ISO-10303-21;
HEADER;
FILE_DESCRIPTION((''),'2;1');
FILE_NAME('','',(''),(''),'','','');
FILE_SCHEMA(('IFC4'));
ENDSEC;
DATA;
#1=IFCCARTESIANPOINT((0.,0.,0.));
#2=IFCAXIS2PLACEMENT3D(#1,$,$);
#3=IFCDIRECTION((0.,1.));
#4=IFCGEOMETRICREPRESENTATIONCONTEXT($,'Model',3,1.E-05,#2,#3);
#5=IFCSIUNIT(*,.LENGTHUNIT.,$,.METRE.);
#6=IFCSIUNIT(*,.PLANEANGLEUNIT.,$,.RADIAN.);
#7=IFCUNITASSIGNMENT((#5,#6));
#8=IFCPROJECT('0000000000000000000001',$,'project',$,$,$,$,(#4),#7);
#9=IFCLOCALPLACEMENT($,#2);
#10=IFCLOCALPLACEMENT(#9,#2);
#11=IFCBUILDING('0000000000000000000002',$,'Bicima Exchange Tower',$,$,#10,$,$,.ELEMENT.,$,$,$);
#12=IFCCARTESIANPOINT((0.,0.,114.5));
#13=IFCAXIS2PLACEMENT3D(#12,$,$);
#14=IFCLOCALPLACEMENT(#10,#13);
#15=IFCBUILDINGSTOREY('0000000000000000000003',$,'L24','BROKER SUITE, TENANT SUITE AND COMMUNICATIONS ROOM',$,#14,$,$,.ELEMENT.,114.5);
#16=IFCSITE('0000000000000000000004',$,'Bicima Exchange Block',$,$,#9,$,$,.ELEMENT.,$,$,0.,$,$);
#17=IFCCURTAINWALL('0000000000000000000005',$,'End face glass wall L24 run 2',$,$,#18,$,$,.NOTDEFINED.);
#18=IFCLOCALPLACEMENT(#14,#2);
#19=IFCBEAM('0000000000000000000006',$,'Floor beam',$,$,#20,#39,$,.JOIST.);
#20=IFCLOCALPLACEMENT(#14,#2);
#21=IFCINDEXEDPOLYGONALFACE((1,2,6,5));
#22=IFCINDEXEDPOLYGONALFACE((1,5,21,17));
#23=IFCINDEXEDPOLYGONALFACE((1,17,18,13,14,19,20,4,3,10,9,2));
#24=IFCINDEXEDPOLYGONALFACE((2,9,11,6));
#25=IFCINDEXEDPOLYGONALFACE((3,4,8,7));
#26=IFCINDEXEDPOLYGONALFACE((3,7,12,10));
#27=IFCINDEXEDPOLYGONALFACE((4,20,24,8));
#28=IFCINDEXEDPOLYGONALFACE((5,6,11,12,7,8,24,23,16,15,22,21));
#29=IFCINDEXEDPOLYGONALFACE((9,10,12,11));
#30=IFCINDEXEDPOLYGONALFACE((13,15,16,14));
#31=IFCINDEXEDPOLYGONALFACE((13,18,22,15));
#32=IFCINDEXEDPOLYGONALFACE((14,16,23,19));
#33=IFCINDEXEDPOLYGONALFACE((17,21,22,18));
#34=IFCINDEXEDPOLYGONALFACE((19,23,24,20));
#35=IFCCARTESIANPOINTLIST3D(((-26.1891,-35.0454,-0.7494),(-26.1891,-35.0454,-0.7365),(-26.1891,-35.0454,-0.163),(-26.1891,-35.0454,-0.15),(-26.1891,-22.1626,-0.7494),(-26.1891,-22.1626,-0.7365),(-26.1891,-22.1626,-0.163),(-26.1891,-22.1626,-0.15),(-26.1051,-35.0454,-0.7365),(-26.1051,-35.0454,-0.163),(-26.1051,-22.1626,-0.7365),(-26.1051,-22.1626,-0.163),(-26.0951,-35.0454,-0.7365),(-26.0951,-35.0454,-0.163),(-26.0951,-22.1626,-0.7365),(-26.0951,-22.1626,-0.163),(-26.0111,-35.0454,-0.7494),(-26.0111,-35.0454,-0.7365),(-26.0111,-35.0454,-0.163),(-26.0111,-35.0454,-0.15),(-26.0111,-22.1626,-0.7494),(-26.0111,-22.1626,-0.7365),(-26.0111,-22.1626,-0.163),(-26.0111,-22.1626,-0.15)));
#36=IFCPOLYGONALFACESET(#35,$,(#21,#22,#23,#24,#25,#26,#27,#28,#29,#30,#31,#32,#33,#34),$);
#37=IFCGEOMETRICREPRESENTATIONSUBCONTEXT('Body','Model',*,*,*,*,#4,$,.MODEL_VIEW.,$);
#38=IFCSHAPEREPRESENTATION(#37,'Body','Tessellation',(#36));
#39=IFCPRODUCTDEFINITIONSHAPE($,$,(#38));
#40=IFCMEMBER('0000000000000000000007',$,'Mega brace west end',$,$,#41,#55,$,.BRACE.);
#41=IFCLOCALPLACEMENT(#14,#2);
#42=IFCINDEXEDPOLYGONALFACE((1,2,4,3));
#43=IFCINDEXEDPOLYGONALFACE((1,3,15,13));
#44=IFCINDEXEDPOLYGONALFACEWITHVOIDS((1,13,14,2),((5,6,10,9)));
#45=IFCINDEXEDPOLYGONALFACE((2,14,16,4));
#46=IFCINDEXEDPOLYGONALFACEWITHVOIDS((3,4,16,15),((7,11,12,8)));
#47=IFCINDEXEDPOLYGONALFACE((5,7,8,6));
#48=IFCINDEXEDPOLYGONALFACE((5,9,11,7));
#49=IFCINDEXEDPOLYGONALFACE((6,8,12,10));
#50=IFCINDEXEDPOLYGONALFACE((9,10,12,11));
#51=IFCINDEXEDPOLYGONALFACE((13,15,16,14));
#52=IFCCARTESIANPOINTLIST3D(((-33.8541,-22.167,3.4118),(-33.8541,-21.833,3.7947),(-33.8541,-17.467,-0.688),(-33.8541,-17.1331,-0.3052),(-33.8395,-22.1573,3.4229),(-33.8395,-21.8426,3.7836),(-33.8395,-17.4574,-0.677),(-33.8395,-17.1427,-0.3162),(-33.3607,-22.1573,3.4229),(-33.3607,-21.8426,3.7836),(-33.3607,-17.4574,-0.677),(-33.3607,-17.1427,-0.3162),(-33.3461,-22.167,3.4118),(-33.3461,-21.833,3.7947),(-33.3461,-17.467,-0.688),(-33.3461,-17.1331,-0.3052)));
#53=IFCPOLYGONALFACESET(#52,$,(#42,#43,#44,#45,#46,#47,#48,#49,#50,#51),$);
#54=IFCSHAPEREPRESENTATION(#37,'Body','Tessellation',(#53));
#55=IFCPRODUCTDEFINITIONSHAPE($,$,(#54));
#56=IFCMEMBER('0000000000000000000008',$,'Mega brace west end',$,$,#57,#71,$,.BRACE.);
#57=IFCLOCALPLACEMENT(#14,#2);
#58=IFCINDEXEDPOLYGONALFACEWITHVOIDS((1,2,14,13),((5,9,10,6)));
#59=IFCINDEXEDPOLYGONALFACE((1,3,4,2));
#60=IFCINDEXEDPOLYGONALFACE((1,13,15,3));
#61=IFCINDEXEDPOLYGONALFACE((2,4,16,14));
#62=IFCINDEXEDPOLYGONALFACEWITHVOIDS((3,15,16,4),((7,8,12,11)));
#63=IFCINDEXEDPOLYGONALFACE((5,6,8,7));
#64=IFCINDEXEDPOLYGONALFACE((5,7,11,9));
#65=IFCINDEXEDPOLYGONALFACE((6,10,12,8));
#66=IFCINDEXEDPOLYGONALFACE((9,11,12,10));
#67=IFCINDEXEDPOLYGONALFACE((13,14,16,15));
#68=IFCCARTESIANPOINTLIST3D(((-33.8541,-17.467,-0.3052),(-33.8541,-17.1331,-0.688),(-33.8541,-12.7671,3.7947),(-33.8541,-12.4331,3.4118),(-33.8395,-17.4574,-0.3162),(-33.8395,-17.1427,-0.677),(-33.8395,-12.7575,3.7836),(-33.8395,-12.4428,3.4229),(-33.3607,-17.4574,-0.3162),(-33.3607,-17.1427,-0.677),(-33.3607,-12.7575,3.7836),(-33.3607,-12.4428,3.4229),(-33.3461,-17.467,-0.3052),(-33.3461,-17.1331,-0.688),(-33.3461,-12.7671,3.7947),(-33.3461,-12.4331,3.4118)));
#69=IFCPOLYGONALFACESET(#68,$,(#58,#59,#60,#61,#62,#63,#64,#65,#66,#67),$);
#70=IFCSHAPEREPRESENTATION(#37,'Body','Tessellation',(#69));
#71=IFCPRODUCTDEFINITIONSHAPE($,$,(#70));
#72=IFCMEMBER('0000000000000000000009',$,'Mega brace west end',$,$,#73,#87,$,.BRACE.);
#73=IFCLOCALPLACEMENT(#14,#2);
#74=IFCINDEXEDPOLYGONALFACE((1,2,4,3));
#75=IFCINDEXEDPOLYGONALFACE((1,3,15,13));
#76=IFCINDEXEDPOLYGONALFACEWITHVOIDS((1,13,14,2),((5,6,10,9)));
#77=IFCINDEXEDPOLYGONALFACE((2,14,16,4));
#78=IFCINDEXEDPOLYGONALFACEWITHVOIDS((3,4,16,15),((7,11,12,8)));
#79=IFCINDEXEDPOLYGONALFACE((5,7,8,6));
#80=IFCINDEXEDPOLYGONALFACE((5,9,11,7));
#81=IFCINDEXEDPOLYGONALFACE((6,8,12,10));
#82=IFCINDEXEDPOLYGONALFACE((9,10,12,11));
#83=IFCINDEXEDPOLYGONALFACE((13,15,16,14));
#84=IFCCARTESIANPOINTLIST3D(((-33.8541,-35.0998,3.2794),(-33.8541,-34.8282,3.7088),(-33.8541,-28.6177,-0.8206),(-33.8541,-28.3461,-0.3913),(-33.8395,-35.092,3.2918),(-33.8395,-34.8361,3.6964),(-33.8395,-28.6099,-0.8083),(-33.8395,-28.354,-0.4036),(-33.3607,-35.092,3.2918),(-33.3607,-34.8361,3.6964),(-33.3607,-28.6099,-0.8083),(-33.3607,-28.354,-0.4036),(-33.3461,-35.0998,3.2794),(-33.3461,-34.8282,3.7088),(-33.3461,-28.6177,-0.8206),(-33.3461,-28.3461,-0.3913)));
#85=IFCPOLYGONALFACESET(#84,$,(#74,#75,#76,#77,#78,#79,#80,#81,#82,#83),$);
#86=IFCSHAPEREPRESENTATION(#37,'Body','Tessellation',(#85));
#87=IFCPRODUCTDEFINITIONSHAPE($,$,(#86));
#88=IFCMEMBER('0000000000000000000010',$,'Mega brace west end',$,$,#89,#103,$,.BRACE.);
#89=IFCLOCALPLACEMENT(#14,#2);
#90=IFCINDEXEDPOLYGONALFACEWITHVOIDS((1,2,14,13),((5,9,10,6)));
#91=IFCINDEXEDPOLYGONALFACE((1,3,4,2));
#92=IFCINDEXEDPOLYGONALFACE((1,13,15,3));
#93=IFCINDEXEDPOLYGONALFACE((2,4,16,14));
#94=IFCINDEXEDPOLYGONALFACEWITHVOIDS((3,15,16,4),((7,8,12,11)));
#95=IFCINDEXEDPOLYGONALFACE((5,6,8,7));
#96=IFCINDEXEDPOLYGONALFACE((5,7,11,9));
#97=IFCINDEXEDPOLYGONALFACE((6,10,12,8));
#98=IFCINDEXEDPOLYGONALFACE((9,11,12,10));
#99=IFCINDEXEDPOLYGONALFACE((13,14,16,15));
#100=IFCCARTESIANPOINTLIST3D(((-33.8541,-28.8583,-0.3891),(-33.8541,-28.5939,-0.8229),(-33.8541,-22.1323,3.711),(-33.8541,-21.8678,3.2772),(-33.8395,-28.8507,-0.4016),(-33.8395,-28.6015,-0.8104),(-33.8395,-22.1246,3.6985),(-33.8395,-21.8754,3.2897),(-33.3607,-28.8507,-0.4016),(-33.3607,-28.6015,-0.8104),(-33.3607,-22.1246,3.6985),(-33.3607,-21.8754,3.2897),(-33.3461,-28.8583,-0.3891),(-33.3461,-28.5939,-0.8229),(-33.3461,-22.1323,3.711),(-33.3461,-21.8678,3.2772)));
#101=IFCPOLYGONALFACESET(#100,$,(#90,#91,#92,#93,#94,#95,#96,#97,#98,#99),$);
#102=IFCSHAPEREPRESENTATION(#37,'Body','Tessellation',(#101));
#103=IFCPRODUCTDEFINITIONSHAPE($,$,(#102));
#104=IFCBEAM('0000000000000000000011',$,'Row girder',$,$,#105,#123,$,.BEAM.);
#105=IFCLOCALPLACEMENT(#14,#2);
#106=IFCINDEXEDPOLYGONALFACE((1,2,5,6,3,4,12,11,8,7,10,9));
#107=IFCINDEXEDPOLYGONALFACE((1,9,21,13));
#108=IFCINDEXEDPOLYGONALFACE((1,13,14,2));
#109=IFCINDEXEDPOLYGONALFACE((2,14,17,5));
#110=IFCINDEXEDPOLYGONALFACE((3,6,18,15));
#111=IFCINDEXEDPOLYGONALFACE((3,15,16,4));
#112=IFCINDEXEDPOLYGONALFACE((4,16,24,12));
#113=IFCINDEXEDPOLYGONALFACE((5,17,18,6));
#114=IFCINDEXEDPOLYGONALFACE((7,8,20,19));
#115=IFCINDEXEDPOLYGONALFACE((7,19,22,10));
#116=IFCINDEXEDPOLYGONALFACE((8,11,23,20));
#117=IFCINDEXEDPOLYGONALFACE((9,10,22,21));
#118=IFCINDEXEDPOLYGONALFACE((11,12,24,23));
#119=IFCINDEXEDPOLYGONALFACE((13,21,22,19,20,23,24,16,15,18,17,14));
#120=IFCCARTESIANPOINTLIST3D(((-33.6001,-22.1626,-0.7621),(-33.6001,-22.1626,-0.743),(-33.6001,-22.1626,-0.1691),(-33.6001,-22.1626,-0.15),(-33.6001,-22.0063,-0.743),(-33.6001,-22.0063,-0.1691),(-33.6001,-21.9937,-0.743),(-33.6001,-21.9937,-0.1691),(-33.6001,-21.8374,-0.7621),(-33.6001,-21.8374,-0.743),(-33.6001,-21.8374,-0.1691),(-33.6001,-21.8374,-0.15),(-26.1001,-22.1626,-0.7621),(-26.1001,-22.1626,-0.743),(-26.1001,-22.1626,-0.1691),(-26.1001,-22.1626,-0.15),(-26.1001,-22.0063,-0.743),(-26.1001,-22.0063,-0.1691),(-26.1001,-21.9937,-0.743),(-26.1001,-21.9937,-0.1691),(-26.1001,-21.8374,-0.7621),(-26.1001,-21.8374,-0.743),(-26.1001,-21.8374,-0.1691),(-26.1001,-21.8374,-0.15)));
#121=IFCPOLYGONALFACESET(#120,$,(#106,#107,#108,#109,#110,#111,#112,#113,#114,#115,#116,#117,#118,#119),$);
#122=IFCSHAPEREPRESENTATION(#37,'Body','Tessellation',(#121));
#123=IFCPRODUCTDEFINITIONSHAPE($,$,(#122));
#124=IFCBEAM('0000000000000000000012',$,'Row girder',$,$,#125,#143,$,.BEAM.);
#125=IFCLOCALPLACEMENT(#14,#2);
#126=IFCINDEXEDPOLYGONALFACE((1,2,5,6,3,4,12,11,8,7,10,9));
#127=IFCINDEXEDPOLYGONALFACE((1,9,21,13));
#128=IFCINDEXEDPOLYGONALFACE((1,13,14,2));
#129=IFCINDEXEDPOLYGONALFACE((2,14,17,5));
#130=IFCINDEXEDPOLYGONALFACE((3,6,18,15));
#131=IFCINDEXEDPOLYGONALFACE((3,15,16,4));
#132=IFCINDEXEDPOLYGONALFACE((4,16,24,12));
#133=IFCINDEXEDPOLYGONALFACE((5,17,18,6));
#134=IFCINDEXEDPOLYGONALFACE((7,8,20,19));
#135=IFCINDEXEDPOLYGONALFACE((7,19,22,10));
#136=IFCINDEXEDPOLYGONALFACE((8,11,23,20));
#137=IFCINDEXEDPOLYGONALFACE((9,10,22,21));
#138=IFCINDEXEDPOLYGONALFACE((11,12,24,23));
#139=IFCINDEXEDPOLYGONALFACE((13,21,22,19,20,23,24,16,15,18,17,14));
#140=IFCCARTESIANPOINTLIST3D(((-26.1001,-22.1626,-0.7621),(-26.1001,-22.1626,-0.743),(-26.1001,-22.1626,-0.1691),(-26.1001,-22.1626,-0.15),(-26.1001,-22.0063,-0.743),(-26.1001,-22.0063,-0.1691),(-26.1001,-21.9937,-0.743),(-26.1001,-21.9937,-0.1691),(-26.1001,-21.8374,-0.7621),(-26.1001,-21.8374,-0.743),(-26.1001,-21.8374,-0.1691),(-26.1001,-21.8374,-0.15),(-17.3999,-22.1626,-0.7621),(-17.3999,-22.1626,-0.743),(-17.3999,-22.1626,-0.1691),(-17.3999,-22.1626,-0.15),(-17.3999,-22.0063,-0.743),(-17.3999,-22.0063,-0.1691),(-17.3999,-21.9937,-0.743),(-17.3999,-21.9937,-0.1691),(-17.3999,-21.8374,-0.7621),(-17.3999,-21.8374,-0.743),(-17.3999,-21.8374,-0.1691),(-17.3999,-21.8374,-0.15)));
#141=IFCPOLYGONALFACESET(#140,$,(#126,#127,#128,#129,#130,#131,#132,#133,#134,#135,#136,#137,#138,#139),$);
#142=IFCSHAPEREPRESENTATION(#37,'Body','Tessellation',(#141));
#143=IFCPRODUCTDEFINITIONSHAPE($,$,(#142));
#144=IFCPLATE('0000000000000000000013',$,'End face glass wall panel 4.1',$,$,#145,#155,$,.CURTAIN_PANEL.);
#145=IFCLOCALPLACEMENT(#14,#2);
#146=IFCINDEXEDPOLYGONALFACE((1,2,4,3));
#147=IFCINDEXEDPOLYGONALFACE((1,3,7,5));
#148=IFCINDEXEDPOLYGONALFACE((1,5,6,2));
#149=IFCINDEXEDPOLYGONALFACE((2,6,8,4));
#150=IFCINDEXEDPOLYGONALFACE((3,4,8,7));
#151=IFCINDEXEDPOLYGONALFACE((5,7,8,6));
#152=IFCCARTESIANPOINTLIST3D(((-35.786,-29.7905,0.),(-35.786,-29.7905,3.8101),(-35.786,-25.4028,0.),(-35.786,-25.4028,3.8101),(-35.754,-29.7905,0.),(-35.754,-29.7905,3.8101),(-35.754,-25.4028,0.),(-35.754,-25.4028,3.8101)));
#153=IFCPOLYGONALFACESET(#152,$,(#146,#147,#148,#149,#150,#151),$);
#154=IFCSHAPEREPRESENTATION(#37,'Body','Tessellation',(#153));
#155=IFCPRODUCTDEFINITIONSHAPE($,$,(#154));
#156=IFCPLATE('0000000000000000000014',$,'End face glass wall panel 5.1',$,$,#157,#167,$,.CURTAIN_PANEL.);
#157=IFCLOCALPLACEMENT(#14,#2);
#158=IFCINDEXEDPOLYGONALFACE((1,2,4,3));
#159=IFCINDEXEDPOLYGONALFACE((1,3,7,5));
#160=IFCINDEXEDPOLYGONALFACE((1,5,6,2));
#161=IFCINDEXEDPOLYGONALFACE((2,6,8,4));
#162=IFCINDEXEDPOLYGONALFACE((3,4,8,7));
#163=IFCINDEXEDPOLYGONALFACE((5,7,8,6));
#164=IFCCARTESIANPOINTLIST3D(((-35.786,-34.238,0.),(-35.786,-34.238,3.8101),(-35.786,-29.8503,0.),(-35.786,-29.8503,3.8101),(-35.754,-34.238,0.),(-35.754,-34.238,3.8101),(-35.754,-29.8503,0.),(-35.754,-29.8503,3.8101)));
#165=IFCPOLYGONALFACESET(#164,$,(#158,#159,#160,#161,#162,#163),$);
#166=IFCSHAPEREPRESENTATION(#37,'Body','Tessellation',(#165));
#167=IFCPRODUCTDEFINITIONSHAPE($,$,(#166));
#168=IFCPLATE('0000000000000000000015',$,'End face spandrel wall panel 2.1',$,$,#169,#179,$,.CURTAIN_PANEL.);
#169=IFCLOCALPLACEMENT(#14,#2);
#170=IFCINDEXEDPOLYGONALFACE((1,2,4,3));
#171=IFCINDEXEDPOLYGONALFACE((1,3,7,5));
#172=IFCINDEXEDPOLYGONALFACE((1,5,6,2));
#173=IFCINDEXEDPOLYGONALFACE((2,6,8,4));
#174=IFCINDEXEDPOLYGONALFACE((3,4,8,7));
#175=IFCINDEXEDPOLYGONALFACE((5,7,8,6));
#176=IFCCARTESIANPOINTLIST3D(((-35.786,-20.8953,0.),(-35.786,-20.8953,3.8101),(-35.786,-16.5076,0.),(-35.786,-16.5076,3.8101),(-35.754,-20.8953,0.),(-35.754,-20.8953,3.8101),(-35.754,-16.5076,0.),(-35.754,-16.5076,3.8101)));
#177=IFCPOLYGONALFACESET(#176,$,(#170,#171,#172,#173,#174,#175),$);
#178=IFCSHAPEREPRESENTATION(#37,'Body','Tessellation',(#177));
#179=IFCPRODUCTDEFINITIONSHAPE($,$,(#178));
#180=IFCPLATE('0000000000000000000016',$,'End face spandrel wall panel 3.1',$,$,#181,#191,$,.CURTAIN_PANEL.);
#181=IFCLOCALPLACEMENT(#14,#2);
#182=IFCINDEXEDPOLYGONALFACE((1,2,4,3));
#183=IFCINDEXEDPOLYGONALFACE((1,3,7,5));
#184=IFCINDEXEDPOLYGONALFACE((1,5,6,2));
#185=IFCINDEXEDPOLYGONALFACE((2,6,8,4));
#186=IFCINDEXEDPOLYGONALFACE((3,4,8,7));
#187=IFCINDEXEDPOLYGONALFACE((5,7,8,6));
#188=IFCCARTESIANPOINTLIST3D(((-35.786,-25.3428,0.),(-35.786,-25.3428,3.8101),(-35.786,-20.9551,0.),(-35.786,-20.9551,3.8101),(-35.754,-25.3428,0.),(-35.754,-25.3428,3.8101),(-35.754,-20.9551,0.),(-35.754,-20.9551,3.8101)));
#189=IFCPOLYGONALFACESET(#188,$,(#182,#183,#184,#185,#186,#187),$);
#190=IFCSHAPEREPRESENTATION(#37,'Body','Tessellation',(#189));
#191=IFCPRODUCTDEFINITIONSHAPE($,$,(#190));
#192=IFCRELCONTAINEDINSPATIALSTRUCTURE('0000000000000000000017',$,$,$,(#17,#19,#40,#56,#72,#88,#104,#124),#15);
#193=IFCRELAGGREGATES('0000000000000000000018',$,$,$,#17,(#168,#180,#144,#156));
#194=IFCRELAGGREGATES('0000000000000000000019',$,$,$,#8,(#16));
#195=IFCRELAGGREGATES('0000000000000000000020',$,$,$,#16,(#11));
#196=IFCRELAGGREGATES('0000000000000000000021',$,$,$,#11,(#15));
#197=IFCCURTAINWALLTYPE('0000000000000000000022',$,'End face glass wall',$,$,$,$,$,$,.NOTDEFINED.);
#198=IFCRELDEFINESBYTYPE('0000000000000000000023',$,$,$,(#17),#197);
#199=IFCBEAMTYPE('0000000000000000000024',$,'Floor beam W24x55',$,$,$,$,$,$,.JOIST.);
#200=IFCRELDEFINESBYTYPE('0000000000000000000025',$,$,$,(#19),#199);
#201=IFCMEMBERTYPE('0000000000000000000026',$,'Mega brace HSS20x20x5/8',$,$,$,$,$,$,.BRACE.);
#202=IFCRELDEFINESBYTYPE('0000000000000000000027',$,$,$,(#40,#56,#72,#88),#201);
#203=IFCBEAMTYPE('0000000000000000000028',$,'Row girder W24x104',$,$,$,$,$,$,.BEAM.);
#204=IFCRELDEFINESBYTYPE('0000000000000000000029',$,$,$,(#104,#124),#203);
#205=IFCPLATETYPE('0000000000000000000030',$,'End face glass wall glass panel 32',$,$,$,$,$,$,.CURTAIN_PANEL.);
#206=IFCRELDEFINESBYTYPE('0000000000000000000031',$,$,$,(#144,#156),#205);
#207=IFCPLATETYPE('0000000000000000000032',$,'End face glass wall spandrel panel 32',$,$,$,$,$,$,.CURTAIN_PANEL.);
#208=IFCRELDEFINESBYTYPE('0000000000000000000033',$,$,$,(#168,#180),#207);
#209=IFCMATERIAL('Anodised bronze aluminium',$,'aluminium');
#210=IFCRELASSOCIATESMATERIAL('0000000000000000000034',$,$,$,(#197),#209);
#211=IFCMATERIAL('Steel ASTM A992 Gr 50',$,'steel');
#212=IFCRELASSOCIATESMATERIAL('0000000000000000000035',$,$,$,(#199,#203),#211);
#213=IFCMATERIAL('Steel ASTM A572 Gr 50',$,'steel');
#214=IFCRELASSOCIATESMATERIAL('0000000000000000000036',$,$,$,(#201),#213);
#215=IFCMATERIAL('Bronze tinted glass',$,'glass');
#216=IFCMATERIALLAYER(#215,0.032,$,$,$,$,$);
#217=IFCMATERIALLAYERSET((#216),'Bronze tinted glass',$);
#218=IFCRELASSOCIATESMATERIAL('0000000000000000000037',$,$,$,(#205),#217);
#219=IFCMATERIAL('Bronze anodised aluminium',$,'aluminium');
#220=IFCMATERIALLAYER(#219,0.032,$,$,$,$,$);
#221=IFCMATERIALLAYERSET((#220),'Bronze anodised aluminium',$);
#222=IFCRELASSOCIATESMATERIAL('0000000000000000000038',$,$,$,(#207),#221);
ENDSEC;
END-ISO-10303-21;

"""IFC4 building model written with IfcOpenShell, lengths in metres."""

from ifc_helpers import new_model, si_unit, direction, frame, origin, origin_2d, place, context, subcontext, project, spatial, rectangle, hollow_rectangle, i_section, extrude, material, layer, layer_set, material_profile, profile_set, type_object, element, aggregate, save


model = new_model("IFC4")

# Units and contexts
model_context = context("Model", 3, precision=1e-05, world=origin(), true_north=direction((0.0, 1.0)))
body_context = subcontext(model_context, "Body", "Model", "MODEL_VIEW")
ifc_project = project(units=[si_unit("LENGTHUNIT", "METRE"), si_unit("PLANEANGLEUNIT", "RADIAN")], contexts=[model_context])

# Site, building, storey
site_placement = place(None, origin())
site = spatial("IfcSite", under=ifc_project, at=site_placement, Name="Bicima Exchange Block", CompositionType="ELEMENT", RefElevation=0.0)
building_placement = place(site_placement, origin())
building = spatial("IfcBuilding", under=site, at=building_placement, Name="Bicima Exchange Tower", CompositionType="ELEMENT")
storey_placement = place(building_placement, frame((0.0, 0.0, 114.5)))
storey = spatial("IfcBuildingStorey", under=building, at=storey_placement, Name="L24", Description="BROKER SUITE, TENANT SUITE AND COMMUNICATIONS ROOM", CompositionType="ELEMENT", Elevation=114.5)

# Shared definitions
ifc_material_1 = material(Name="Steel ASTM A992 Gr 50", Category="steel")

# Curtain wall
ifc_material_2 = material(Name="Anodised bronze aluminium", Category="aluminium")
curtain_wall_type = type_object("IfcCurtainWallType", Name="End face glass wall", PredefinedType="NOTDEFINED", material=ifc_material_2)
curtain_wall_placement = place(storey_placement, origin())
curtain_wall = element("IfcCurtainWall", 1, at=curtain_wall_placement, inside=storey, type_object=curtain_wall_type, Name="End face glass wall L24 run 2", PredefinedType="NOTDEFINED")

# Beam
ifc_material_profile_1 = material_profile(ifc_material_1, i_section(OverallWidth=0.178, OverallDepth=0.5994, WebThickness=0.01, FlangeThickness=0.0129, at=origin_2d()))
ifc_profile_set_1 = profile_set([ifc_material_profile_1], Name="Steel ASTM A992 Gr 50")
beam_type_1 = type_object("IfcBeamType", Name="Floor beam W24x55", PredefinedType="JOIST", material=ifc_profile_set_1)
for number, where, z_axis, x_axis, name in (
    (2, (-26.1001, -22.1626, -0.4497), (0.0, -1.0, 0.0), (1.0, 0.0, 0.0), "Floor beam"),
):
    element("IfcBeam", number, at=place(storey_placement, frame(where, z_axis=z_axis, x_axis=x_axis)), inside=storey, type_object=beam_type_1, Name=name, PredefinedType="JOIST", context=body_context, shape_type="SweptSolid", body=[
        extrude(i_section(OverallWidth=0.178, OverallDepth=0.5994, WebThickness=0.01, FlangeThickness=0.0129, at=origin_2d()), origin(), (0.0, 0.0, 1.0), 12.8828),
    ])

# Members
ifc_material_3 = material(Name="Steel ASTM A572 Gr 50", Category="steel")
ifc_material_profile_2 = material_profile(ifc_material_3, hollow_rectangle(XDim=0.5081, YDim=0.5081, WallThickness=0.0146, at=origin_2d()))
ifc_profile_set_2 = profile_set([ifc_material_profile_2], Name="Steel ASTM A572 Gr 50")
member_type_1 = type_object("IfcMemberType", Name="Mega brace HSS20x20x5/8", PredefinedType="BRACE", material=ifc_profile_set_2)
for number, where, z_axis, x_axis, name in (
    (3, (-33.6001, -17.3, -0.4966), (0.0, -0.753577, 0.657359), (1.0, 0.0, 0.0), "Mega brace west end"),
    (4, (-33.6001, -17.3, -0.4966), (0.0, 0.753577, 0.657359), (-1.0, 0.0, 0.0), "Mega brace west end"),
):
    element("IfcMember", number, at=place(storey_placement, frame(where, z_axis=z_axis, x_axis=x_axis)), inside=storey, type_object=member_type_1, Name=name, PredefinedType="BRACE", context=body_context, shape_type="SweptSolid", body=[
        extrude(hollow_rectangle(XDim=0.5081, YDim=0.5081, WallThickness=0.0146, at=origin_2d()), origin(), (0.0, 0.0, 1.0), 6.2368),
    ])
member_1_placement = place(storey_placement, frame((-33.6001, -28.4819, -0.606), z_axis=(0.0, -0.84513, 0.534561), x_axis=(1.0, 0.0, 0.0)))
element("IfcMember", 5, at=member_1_placement, inside=storey, type_object=member_type_1, Name="Mega brace west end", PredefinedType="BRACE", context=body_context, shape_type="SweptSolid", body=[
    extrude(hollow_rectangle(XDim=0.5081, YDim=0.5081, WallThickness=0.0146, at=origin_2d()), origin(), (0.0, 0.0, 1.0), 7.6699),
])
member_2_placement = place(storey_placement, frame((-33.6001, -28.7261, -0.606), z_axis=(0.0, 0.853862, 0.520499), x_axis=(-1.0, 0.0, 0.0)))
element("IfcMember", 6, at=member_2_placement, inside=storey, type_object=member_type_1, Name="Mega brace west end", PredefinedType="BRACE", context=body_context, shape_type="SweptSolid", body=[
    extrude(hollow_rectangle(XDim=0.5081, YDim=0.5081, WallThickness=0.0146, at=origin_2d()), origin(), (0.0, 0.0, 1.0), 7.8772),
])

# Beams
ifc_material_profile_3 = material_profile(ifc_material_1, i_section(OverallWidth=0.3252, OverallDepth=0.6121, WebThickness=0.0127, FlangeThickness=0.019, at=origin_2d()))
ifc_profile_set_3 = profile_set([ifc_material_profile_3], Name="Steel ASTM A992 Gr 50")
beam_type_2 = type_object("IfcBeamType", Name="Row girder W24x104", PredefinedType="BEAM", material=ifc_profile_set_3)
beam_1_placement = place(storey_placement, frame((-33.6001, -22.0, -0.4561), z_axis=(1.0, 0.0, 0.0), x_axis=(0.0, 1.0, 0.0)))
element("IfcBeam", 7, at=beam_1_placement, inside=storey, type_object=beam_type_2, Name="Row girder", PredefinedType="BEAM", context=body_context, shape_type="SweptSolid", body=[
    extrude(i_section(OverallWidth=0.3252, OverallDepth=0.6121, WebThickness=0.0127, FlangeThickness=0.019, at=origin_2d()), origin(), (0.0, 0.0, 1.0), 7.5),
])
beam_2_placement = place(storey_placement, frame((-26.1001, -22.0, -0.4561), z_axis=(1.0, 0.0, 0.0), x_axis=(0.0, 1.0, 0.0)))
element("IfcBeam", 8, at=beam_2_placement, inside=storey, type_object=beam_type_2, Name="Row girder", PredefinedType="BEAM", context=body_context, shape_type="SweptSolid", body=[
    extrude(i_section(OverallWidth=0.3252, OverallDepth=0.6121, WebThickness=0.0127, FlangeThickness=0.019, at=origin_2d()), origin(), (0.0, 0.0, 1.0), 8.7002),
])

# Plates
ifc_material_4 = material(Name="Bronze tinted glass", Category="glass")
ifc_layer_1 = layer(ifc_material_4, 0.032)
ifc_layer_set_1 = layer_set([ifc_layer_1], Name="Bronze tinted glass")
plate_type_1 = type_object("IfcPlateType", Name="End face glass wall glass panel 32", PredefinedType="CURTAIN_PANEL", material=ifc_layer_set_1)
plate_1_placement = place(storey_placement, frame((-35.77, -27.5967, 0.0), z_axis=(0.0, 0.0, 1.0), x_axis=(0.0, -1.0, 0.0)))
plate_1 = element("IfcPlate", 9, at=plate_1_placement, type_object=plate_type_1, Name="End face glass wall panel 4.1", PredefinedType="CURTAIN_PANEL", context=body_context, shape_type="SweptSolid", body=[
    extrude(rectangle(XDim=4.3877, YDim=0.032, at=origin_2d()), origin(), (0.0, 0.0, 1.0), 3.8101),
])
plate_2_placement = place(storey_placement, frame((-35.77, -32.0442, 0.0), z_axis=(0.0, 0.0, 1.0), x_axis=(0.0, -1.0, 0.0)))
plate_2 = element("IfcPlate", 10, at=plate_2_placement, type_object=plate_type_1, Name="End face glass wall panel 5.1", PredefinedType="CURTAIN_PANEL", context=body_context, shape_type="SweptSolid", body=[
    extrude(rectangle(XDim=4.3877, YDim=0.032, at=origin_2d()), origin(), (0.0, 0.0, 1.0), 3.8101),
])
ifc_material_5 = material(Name="Bronze anodised aluminium", Category="aluminium")
ifc_layer_2 = layer(ifc_material_5, 0.032)
ifc_layer_set_2 = layer_set([ifc_layer_2], Name="Bronze anodised aluminium")
plate_type_2 = type_object("IfcPlateType", Name="End face glass wall spandrel panel 32", PredefinedType="CURTAIN_PANEL", material=ifc_layer_set_2)
plate_3_placement = place(storey_placement, frame((-35.77, -18.7014, 0.0), z_axis=(0.0, 0.0, 1.0), x_axis=(0.0, -1.0, 0.0)))
plate_3 = element("IfcPlate", 11, at=plate_3_placement, type_object=plate_type_2, Name="End face spandrel wall panel 2.1", PredefinedType="CURTAIN_PANEL", context=body_context, shape_type="SweptSolid", body=[
    extrude(rectangle(XDim=4.3877, YDim=0.032, at=origin_2d()), origin(), (0.0, 0.0, 1.0), 3.8101),
])
plate_4_placement = place(storey_placement, frame((-35.77, -23.1489, 0.0), z_axis=(0.0, 0.0, 1.0), x_axis=(0.0, -1.0, 0.0)))
plate_4 = element("IfcPlate", 12, at=plate_4_placement, type_object=plate_type_2, Name="End face spandrel wall panel 3.1", PredefinedType="CURTAIN_PANEL", context=body_context, shape_type="SweptSolid", body=[
    extrude(rectangle(XDim=4.3877, YDim=0.032, at=origin_2d()), origin(), (0.0, 0.0, 1.0), 3.8101),
])
aggregate(curtain_wall, [plate_3, plate_4, plate_1, plate_2])

save(model, "model.ifc")
